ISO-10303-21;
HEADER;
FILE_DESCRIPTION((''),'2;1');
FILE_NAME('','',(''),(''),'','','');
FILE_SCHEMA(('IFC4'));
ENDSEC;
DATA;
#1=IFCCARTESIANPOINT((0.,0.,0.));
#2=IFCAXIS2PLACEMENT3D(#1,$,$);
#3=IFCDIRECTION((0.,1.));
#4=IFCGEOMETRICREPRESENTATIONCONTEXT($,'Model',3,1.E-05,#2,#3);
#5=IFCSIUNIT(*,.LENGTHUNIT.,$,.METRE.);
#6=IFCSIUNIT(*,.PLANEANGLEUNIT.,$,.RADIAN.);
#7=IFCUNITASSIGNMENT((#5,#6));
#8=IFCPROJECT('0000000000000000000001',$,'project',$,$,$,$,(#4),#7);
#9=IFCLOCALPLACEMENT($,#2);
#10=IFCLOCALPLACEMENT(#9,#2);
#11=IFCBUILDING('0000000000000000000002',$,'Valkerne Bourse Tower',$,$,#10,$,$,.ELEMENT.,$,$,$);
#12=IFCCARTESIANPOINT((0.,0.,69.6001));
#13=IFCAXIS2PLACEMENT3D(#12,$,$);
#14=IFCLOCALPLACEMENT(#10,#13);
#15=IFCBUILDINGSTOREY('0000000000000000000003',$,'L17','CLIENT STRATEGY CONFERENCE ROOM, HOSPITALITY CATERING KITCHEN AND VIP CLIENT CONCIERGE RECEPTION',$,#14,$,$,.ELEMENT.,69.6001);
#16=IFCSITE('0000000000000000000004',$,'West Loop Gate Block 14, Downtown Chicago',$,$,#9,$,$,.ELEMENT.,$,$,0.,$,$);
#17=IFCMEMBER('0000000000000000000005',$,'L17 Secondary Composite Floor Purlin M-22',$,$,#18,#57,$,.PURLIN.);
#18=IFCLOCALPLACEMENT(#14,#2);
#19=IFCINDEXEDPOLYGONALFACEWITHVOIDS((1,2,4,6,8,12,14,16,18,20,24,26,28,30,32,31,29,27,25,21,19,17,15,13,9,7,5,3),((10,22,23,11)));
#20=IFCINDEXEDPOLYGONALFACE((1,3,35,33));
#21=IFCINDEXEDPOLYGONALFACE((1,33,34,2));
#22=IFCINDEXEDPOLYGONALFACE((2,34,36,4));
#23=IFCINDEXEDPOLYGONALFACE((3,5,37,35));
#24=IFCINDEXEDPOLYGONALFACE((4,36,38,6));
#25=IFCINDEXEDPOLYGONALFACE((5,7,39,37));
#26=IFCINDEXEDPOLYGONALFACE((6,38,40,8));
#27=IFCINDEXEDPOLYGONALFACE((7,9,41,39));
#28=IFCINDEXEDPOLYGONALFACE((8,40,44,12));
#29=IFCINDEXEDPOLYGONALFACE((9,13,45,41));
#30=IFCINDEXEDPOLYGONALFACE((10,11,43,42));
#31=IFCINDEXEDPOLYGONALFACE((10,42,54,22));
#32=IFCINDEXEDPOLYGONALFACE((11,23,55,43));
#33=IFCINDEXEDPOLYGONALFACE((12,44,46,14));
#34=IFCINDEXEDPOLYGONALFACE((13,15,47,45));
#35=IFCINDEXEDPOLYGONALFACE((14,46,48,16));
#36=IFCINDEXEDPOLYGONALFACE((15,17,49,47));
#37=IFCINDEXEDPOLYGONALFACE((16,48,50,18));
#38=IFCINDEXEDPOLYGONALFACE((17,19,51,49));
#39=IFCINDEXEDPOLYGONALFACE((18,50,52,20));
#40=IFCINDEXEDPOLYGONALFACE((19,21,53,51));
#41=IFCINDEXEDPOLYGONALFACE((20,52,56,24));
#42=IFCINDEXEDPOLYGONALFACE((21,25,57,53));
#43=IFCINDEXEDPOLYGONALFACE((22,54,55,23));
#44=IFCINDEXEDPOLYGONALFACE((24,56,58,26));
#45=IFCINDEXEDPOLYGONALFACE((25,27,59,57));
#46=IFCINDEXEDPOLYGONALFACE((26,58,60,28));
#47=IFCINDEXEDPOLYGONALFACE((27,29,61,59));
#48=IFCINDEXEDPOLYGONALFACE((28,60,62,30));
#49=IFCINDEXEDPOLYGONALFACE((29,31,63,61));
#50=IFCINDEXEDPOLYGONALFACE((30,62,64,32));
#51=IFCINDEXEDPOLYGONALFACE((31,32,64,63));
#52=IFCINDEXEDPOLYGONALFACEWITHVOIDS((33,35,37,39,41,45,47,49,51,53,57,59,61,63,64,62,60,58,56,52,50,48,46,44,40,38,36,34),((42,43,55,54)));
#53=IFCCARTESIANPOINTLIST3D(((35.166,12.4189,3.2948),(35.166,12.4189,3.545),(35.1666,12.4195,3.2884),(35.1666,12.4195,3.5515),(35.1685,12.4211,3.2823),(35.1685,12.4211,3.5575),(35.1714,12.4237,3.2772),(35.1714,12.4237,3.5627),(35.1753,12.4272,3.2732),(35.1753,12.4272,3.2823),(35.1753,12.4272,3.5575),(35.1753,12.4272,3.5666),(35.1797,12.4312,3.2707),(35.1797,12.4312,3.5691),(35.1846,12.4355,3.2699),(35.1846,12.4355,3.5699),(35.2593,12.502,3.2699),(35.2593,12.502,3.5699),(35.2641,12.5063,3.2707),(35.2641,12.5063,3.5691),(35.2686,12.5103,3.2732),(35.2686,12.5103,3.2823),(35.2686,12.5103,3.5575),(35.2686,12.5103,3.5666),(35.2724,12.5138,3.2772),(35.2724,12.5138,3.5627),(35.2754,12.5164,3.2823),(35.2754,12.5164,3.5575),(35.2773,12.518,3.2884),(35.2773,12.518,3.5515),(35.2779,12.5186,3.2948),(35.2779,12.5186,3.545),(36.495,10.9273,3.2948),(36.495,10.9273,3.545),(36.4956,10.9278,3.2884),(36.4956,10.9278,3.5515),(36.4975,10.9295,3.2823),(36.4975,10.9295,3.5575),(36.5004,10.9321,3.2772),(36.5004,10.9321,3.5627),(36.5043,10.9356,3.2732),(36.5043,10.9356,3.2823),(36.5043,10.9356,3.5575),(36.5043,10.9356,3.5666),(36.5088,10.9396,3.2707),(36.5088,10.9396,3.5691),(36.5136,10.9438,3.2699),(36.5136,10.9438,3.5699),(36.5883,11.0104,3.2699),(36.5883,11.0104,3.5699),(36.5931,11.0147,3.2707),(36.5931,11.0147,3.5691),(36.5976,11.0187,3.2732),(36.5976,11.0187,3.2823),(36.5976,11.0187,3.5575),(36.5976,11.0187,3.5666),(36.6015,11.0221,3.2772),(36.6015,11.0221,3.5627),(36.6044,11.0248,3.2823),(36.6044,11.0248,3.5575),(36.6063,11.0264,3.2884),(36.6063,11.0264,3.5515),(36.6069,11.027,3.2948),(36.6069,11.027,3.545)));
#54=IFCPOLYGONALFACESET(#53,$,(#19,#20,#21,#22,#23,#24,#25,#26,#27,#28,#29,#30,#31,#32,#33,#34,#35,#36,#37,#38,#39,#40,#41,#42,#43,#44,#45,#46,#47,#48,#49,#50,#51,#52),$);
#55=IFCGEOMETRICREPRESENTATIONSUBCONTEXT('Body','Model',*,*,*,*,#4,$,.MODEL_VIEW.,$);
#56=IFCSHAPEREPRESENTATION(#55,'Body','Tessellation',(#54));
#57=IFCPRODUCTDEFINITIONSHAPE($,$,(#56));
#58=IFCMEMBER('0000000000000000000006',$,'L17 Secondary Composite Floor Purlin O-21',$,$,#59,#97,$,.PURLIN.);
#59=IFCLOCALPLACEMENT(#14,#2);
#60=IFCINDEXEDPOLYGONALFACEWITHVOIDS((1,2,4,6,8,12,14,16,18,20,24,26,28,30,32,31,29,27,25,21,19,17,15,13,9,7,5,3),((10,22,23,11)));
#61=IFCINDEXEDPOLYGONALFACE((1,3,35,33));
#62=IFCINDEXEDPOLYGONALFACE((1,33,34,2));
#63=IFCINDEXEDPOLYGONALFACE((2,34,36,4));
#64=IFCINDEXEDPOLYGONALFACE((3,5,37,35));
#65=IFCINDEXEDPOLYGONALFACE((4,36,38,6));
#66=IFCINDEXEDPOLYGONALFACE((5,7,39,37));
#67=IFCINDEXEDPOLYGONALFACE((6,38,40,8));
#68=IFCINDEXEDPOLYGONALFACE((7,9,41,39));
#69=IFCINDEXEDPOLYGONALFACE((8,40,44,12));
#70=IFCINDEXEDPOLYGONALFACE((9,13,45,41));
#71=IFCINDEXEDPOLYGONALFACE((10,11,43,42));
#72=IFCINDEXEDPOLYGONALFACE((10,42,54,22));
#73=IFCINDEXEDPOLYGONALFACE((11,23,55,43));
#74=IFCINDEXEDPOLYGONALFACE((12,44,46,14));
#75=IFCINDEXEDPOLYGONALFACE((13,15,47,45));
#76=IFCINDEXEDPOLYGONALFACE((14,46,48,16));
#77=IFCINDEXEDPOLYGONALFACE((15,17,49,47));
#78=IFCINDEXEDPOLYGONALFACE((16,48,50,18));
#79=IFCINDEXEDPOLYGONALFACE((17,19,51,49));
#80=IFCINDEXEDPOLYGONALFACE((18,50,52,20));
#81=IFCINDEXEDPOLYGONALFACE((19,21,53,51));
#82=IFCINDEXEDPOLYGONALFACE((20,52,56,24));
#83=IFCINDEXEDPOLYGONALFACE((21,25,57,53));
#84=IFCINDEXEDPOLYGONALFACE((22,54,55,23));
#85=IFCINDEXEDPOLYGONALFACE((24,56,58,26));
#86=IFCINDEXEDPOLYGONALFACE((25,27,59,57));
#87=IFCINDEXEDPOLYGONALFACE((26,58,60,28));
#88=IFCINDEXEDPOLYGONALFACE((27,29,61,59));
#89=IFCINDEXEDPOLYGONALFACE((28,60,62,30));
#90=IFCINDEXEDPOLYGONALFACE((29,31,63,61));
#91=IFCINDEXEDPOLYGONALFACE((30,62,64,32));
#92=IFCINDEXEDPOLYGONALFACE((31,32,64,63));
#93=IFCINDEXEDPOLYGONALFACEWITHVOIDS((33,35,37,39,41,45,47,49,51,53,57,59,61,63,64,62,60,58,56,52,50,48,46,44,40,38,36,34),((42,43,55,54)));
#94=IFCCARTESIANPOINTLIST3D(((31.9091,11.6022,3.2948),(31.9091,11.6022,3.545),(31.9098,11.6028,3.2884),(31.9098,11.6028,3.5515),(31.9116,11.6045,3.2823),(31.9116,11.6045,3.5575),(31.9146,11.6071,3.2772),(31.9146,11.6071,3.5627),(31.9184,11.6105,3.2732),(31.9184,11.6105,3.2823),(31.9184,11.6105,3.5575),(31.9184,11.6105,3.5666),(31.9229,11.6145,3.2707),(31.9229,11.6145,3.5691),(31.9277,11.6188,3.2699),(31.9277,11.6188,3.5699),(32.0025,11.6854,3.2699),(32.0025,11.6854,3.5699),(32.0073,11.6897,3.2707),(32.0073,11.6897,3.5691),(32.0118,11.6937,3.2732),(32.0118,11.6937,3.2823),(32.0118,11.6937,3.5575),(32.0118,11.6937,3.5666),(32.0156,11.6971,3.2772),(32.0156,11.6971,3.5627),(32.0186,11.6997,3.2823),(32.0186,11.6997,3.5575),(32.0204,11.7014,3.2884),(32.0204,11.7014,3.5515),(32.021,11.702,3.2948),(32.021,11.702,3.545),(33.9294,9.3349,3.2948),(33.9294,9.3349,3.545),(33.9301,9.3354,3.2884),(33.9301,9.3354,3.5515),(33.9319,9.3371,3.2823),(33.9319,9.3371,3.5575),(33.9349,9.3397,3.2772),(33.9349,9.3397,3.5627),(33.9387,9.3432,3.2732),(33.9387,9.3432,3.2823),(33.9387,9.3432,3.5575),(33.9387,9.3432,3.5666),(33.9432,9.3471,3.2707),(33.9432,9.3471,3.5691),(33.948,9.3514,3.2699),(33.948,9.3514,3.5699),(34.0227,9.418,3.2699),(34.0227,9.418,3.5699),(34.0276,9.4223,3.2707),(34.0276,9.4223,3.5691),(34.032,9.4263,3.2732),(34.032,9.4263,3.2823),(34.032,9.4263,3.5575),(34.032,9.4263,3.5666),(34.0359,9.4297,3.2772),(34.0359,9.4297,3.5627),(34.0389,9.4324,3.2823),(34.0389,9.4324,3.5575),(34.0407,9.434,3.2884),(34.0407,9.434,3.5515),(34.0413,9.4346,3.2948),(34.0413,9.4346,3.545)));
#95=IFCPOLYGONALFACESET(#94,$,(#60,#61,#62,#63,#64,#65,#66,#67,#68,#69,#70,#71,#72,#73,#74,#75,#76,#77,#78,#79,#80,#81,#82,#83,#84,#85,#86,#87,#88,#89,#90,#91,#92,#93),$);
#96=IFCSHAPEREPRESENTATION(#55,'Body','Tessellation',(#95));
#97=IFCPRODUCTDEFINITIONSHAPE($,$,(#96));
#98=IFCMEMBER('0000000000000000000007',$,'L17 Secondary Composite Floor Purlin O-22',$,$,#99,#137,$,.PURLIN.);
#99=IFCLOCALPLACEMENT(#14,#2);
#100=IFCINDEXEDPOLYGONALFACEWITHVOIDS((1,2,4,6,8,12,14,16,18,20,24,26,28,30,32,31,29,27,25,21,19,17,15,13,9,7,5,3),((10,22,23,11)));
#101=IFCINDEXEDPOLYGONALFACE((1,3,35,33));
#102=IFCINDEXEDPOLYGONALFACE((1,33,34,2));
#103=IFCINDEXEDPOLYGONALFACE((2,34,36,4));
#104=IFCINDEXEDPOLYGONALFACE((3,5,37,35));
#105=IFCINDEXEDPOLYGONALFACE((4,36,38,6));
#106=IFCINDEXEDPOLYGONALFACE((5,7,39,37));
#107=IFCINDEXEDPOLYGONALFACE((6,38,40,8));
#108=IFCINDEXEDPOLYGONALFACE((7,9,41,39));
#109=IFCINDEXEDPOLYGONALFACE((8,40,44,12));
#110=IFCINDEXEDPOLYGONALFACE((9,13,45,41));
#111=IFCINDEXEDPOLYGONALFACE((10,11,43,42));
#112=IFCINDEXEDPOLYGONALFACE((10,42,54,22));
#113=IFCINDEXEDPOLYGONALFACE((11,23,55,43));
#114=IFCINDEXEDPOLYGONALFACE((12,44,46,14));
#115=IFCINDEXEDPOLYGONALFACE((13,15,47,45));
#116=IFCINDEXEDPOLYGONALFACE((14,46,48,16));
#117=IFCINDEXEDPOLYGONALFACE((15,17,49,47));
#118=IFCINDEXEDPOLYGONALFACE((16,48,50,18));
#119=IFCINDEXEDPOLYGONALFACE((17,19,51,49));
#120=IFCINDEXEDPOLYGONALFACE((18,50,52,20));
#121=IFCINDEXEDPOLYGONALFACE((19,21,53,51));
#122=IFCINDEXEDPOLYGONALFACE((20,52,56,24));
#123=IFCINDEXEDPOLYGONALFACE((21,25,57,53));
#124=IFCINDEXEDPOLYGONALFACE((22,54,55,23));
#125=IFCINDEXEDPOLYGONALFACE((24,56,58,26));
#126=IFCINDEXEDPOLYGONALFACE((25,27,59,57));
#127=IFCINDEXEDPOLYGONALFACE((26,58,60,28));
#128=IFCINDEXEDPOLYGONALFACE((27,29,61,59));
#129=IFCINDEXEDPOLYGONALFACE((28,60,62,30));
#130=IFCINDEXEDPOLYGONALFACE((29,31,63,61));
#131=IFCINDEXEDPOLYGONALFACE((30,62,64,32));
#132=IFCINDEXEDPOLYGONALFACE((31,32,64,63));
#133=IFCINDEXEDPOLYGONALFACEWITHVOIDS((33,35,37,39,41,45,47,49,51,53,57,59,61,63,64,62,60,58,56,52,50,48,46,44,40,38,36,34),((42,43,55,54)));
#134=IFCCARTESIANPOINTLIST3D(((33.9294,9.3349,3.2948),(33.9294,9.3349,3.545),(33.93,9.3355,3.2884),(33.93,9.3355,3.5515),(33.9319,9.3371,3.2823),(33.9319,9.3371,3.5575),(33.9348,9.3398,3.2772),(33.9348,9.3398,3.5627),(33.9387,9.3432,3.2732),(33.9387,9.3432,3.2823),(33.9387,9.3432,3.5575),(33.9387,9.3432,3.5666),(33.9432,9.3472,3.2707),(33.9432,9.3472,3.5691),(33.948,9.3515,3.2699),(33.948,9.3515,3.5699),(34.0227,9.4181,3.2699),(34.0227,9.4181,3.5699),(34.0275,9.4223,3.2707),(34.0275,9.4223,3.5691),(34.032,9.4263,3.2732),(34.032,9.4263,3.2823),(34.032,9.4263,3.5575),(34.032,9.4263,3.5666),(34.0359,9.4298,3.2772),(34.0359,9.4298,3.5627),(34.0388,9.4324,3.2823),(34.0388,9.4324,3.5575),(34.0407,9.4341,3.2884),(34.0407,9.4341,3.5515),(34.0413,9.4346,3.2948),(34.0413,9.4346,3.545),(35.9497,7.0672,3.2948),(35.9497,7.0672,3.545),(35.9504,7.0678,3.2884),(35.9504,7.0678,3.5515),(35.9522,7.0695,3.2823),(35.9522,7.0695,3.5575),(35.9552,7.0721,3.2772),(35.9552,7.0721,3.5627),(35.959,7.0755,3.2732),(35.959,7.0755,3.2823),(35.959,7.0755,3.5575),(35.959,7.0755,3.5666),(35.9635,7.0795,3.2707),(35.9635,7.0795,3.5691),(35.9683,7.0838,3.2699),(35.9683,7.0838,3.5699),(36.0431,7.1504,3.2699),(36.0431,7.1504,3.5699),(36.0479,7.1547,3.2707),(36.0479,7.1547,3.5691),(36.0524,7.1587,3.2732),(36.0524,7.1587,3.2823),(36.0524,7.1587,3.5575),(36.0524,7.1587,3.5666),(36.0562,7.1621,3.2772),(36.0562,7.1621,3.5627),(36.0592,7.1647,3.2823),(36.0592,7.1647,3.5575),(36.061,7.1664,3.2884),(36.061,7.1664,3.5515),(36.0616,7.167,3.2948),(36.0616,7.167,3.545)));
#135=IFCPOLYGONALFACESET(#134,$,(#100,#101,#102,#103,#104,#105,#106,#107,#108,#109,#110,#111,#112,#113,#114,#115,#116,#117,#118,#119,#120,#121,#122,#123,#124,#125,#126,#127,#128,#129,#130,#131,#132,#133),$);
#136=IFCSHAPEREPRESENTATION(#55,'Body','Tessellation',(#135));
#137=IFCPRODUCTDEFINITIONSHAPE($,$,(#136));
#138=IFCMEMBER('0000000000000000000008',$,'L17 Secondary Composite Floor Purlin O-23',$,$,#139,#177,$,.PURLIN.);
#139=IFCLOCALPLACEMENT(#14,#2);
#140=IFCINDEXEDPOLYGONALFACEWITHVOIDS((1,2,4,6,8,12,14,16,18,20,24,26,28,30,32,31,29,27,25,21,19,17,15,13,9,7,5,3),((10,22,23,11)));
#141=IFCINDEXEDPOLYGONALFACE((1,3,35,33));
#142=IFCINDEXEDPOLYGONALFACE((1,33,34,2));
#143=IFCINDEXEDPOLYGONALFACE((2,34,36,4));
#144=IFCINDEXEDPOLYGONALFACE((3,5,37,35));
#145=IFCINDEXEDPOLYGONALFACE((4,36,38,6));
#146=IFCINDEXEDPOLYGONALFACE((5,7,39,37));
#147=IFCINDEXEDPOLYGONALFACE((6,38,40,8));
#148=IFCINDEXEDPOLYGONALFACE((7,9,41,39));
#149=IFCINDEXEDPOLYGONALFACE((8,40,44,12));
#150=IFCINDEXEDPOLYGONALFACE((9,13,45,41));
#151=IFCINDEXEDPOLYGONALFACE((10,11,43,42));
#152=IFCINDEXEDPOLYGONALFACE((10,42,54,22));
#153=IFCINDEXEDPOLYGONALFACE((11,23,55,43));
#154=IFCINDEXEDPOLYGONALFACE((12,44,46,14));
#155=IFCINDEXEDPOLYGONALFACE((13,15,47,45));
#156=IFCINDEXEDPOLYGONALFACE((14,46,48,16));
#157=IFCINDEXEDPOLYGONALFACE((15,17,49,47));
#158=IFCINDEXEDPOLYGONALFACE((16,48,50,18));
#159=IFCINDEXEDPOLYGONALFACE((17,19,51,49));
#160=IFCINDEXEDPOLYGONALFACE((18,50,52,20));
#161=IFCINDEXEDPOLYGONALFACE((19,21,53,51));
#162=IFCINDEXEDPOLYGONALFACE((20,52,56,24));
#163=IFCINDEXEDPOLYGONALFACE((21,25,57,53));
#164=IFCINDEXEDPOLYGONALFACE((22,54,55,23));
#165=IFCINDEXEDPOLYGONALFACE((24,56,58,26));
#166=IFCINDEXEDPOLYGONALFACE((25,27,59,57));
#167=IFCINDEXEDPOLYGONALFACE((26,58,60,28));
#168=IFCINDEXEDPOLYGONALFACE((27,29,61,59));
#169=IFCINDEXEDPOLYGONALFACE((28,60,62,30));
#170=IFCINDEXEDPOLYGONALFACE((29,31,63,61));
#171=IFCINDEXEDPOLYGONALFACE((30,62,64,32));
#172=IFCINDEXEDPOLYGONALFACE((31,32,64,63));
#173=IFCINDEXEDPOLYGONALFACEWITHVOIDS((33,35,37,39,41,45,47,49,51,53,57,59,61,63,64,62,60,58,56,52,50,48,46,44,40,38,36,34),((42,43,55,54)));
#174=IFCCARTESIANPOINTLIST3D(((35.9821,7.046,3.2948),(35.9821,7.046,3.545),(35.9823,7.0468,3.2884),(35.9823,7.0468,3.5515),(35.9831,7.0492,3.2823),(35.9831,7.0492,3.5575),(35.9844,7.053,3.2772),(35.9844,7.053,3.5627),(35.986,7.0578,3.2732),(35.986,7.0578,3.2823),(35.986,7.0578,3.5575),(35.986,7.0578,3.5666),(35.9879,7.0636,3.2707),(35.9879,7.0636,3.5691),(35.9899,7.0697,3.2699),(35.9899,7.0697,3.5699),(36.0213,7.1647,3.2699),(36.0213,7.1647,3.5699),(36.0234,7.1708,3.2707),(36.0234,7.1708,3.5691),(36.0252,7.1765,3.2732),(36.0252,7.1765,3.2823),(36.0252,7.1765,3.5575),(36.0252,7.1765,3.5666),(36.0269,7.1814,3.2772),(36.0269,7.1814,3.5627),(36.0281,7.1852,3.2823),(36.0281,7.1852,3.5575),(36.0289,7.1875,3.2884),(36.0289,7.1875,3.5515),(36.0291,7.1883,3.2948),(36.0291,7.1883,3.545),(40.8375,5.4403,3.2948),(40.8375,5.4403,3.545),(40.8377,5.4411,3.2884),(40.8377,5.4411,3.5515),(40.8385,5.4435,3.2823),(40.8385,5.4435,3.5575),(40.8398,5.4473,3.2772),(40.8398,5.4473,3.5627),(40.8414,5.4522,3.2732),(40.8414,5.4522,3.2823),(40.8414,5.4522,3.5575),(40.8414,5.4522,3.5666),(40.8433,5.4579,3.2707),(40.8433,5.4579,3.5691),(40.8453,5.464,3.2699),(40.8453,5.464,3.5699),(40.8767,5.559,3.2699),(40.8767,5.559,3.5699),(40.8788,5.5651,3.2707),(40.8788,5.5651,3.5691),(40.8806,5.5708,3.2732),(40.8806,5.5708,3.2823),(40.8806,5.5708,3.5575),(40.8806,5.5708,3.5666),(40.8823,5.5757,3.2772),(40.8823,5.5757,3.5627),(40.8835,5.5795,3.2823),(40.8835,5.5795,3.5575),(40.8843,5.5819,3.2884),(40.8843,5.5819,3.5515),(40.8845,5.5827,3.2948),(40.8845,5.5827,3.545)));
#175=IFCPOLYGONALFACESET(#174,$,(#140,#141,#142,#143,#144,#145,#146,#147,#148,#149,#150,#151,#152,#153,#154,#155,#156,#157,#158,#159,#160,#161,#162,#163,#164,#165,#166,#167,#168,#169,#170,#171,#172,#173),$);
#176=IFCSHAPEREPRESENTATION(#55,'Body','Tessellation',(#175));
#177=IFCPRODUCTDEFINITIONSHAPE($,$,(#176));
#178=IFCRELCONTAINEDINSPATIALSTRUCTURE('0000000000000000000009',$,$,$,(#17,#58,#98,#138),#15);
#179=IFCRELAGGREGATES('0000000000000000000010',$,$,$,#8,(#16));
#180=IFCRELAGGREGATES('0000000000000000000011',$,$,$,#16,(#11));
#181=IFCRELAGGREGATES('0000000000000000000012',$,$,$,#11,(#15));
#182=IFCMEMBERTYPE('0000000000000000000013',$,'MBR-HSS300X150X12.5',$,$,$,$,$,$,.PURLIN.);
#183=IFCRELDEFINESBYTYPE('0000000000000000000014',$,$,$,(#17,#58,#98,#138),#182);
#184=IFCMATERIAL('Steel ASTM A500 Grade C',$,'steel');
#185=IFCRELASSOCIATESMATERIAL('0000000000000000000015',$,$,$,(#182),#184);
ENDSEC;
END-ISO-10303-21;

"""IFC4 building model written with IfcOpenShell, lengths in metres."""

from ifc_helpers import new_model, si_unit, direction, frame, origin, origin_2d, place, context, subcontext, project, spatial, hollow_rectangle, extrude, material, material_profile, profile_set, type_object, element, save


model = new_model("IFC4")

# Units and contexts
model_context = context("Model", 3, precision=1e-05, world=origin(), true_north=direction((0.0, 1.0)))
body_context = subcontext(model_context, "Body", "Model", "MODEL_VIEW")
ifc_project = project(units=[si_unit("LENGTHUNIT", "METRE"), si_unit("PLANEANGLEUNIT", "RADIAN")], contexts=[model_context])

# Site, building, storey
site_placement = place(None, origin())
site = spatial("IfcSite", under=ifc_project, at=site_placement, Name="West Loop Gate Block 14, Downtown Chicago", CompositionType="ELEMENT", RefElevation=0.0)
building_placement = place(site_placement, origin())
building = spatial("IfcBuilding", under=site, at=building_placement, Name="Valkerne Bourse Tower", CompositionType="ELEMENT")
storey_placement = place(building_placement, frame((0.0, 0.0, 69.6001)))
storey = spatial("IfcBuildingStorey", under=building, at=storey_placement, Name="L17", Description="CLIENT STRATEGY CONFERENCE ROOM, HOSPITALITY CATERING KITCHEN AND VIP CLIENT CONCIERGE RECEPTION", CompositionType="ELEMENT", Elevation=69.6001)

# Members
ifc_material_1 = material(Name="Steel ASTM A500 Grade C", Category="steel")
ifc_material_profile_1 = material_profile(ifc_material_1, hollow_rectangle(XDim=0.1499, YDim=0.3, WallThickness=0.0125, OuterFilletRadius=0.0249, at=origin_2d()), Name="HSS300X150X12.5")
ifc_profile_set_1 = profile_set([ifc_material_profile_1], Name="Steel ASTM A500 Grade C")
member_type_1 = type_object("IfcMemberType", Name="MBR-HSS300X150X12.5", PredefinedType="PURLIN", material=ifc_profile_set_1)
member_1_placement = place(storey_placement, frame((35.2219, 12.4688, 3.4199), z_axis=(0.665243, -0.746627, 0.0), x_axis=(0.746627, 0.665243, 0.0)))
element("IfcMember", 1, at=member_1_placement, inside=storey, type_object=member_type_1, Name="L17 Secondary Composite Floor Purlin M-22", PredefinedType="PURLIN", context=body_context, shape_type="SweptSolid", body=[
    extrude(hollow_rectangle(XDim=0.1499, YDim=0.3, WallThickness=0.0125, OuterFilletRadius=0.0249, at=origin_2d()), origin(), (0.0, 0.0, 1.0), 1.9978),
])
member_2_placement = place(storey_placement, frame((31.9651, 11.6521, 3.4199), z_axis=(0.665257, -0.746615, 0.0), x_axis=(0.746615, 0.665257, 0.0)))
element("IfcMember", 2, at=member_2_placement, inside=storey, type_object=member_type_1, Name="L17 Secondary Composite Floor Purlin O-21", PredefinedType="PURLIN", context=body_context, shape_type="SweptSolid", body=[
    extrude(hollow_rectangle(XDim=0.1499, YDim=0.3, WallThickness=0.0125, OuterFilletRadius=0.0249, at=origin_2d()), origin(), (0.0, 0.0, 1.0), 3.0369),
])
member_3_placement = place(storey_placement, frame((33.9854, 9.3848, 3.4199), z_axis=(0.665217, -0.74665, 0.0), x_axis=(0.74665, 0.665217, 0.0)))
element("IfcMember", 3, at=member_3_placement, inside=storey, type_object=member_type_1, Name="L17 Secondary Composite Floor Purlin O-22", PredefinedType="PURLIN", context=body_context, shape_type="SweptSolid", body=[
    extrude(hollow_rectangle(XDim=0.1499, YDim=0.3, WallThickness=0.0125, OuterFilletRadius=0.0249, at=origin_2d()), origin(), (0.0, 0.0, 1.0), 3.0371),
])
member_4_placement = place(storey_placement, frame((36.0056, 7.1172, 3.4199), z_axis=(0.94943, -0.313978, 0.0), x_axis=(0.313978, 0.94943, 0.0)))
element("IfcMember", 4, at=member_4_placement, inside=storey, type_object=member_type_1, Name="L17 Secondary Composite Floor Purlin O-23", PredefinedType="PURLIN", context=body_context, shape_type="SweptSolid", body=[
    extrude(hollow_rectangle(XDim=0.1499, YDim=0.3, WallThickness=0.0125, OuterFilletRadius=0.0249, at=origin_2d()), origin(), (0.0, 0.0, 1.0), 5.114),
])

save(model, "model.ifc")
